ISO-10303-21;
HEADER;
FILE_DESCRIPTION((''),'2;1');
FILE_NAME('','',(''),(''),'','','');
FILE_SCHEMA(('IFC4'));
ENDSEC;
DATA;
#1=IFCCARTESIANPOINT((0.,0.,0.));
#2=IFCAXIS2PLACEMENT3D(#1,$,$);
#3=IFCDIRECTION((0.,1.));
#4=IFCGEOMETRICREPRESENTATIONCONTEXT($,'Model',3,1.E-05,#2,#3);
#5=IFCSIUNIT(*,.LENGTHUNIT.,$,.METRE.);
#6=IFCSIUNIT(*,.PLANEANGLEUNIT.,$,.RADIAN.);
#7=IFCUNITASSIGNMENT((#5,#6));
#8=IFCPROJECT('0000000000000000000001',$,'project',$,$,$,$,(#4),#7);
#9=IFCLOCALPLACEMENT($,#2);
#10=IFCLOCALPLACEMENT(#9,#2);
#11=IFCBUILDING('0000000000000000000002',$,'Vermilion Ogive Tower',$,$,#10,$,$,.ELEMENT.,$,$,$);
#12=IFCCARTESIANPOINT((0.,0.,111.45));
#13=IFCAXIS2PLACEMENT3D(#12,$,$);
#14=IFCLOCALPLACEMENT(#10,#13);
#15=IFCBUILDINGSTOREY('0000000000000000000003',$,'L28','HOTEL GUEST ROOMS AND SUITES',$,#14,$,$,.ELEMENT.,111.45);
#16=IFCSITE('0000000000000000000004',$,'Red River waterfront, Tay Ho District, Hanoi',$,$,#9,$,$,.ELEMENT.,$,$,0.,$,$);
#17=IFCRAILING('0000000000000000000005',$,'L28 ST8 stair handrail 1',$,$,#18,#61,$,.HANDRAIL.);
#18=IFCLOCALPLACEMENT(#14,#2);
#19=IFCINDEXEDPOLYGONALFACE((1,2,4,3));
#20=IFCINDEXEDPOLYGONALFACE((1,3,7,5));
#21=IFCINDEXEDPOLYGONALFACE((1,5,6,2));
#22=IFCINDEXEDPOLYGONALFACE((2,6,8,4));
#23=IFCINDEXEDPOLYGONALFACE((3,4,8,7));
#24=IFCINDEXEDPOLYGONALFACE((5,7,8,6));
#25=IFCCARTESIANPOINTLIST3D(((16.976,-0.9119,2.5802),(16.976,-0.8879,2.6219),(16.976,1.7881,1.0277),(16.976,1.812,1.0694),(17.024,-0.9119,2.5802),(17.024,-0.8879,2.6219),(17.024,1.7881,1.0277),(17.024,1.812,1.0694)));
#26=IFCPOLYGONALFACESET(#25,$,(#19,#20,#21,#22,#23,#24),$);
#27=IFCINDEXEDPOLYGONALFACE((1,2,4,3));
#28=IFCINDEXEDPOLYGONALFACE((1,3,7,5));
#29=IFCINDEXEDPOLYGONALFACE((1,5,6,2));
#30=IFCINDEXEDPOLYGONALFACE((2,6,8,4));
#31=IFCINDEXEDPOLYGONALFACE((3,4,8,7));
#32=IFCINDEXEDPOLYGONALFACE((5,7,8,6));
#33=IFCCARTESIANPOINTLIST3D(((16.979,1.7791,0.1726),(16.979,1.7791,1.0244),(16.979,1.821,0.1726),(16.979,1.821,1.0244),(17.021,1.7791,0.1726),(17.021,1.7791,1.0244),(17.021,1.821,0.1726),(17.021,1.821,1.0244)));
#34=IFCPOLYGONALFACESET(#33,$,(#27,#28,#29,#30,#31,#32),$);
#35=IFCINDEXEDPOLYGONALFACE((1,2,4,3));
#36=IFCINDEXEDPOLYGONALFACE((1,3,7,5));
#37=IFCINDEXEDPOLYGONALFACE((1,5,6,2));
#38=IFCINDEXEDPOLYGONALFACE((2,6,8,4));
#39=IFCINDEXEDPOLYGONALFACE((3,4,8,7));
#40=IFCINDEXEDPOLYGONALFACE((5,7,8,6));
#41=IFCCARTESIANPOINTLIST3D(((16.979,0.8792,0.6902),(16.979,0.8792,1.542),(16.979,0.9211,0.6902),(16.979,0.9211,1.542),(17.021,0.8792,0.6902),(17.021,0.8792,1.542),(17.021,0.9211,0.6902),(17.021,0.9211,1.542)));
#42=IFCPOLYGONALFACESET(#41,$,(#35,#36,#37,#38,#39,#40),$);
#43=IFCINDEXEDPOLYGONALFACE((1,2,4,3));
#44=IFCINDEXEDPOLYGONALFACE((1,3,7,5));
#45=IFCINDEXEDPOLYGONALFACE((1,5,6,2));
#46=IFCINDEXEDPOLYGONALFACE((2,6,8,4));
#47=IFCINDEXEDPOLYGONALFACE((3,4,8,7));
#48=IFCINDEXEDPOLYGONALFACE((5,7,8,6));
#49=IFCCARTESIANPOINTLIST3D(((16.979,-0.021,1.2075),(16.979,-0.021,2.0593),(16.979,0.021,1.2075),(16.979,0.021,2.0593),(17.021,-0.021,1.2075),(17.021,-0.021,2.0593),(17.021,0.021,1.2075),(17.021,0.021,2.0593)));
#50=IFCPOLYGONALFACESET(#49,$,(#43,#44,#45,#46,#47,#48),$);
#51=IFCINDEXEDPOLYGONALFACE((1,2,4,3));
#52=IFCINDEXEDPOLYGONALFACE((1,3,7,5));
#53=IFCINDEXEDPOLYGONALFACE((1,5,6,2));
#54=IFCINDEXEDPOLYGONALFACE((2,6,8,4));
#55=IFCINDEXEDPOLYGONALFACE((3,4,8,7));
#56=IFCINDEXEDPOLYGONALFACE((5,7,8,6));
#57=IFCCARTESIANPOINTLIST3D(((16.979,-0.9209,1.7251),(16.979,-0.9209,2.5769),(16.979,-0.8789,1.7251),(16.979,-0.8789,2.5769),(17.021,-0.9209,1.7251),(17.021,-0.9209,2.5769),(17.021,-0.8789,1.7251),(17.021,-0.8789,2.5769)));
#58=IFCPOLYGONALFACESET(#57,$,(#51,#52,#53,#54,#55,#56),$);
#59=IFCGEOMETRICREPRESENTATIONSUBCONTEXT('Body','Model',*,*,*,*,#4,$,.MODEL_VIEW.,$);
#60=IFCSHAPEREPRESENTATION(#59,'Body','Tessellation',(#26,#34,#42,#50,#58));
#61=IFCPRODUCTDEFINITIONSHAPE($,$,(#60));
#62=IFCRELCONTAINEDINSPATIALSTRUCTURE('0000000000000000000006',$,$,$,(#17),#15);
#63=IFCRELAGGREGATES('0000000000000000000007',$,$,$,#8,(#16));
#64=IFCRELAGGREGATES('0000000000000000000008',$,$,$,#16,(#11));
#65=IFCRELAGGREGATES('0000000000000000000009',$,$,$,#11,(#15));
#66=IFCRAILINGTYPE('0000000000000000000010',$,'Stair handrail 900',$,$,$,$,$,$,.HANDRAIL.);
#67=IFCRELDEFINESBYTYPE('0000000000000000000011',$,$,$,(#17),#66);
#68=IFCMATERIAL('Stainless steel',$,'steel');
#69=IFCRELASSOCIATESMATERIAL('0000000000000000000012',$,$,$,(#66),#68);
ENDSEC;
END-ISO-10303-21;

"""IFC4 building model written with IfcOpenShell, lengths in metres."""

from ifc_helpers import new_model, si_unit, direction, frame, origin, origin_2d, place, context, subcontext, project, spatial, rectangle, extrude, material, type_object, element, save


model = new_model("IFC4")

# Units and contexts
model_context = context("Model", 3, precision=1e-05, world=origin(), true_north=direction((0.0, 1.0)))
body_context = subcontext(model_context, "Body", "Model", "MODEL_VIEW")
ifc_project = project(units=[si_unit("LENGTHUNIT", "METRE"), si_unit("PLANEANGLEUNIT", "RADIAN")], contexts=[model_context])

# Site, building, storey
site_placement = place(None, origin())
site = spatial("IfcSite", under=ifc_project, at=site_placement, Name="Red River waterfront, Tay Ho District, Hanoi", CompositionType="ELEMENT", RefElevation=0.0)
building_placement = place(site_placement, origin())
building = spatial("IfcBuilding", under=site, at=building_placement, Name="Vermilion Ogive Tower", CompositionType="ELEMENT")
storey_placement = place(building_placement, frame((0.0, 0.0, 111.45)))
storey = spatial("IfcBuildingStorey", under=building, at=storey_placement, Name="L28", Description="HOTEL GUEST ROOMS AND SUITES", CompositionType="ELEMENT", Elevation=111.45)

# Railing
ifc_material_1 = material(Name="Stainless steel", Category="steel")
railing_type_1 = type_object("IfcRailingType", Name="Stair handrail 900", PredefinedType="HANDRAIL", material=ifc_material_1)
railing_1_placement = place(storey_placement, frame((17.0, 1.8, 0.1726)))
element("IfcRailing", 1, at=railing_1_placement, inside=storey, type_object=railing_type_1, Name="L28 ST8 stair handrail 1", PredefinedType="HANDRAIL", context=body_context, shape_type="SweptSolid", body=[
    extrude(rectangle(XDim=0.0481, YDim=0.0481, at=origin_2d()), frame((0.0, 0.0, 0.876), z_axis=(0.0, -0.866904, 0.498476), x_axis=(1.0, 0.0, 0.0)), (0.0, 0.0, 1.0), 3.1145),
    extrude(rectangle(XDim=0.042, YDim=0.042, at=origin_2d()), origin(), (0.0, 0.0, 1.0), 0.8518),
    extrude(rectangle(XDim=0.042, YDim=0.042, at=origin_2d()), frame((0.0, -0.8999, 0.5176)), (0.0, 0.0, 1.0), 0.8518),
    extrude(rectangle(XDim=0.042, YDim=0.042, at=origin_2d()), frame((0.0, -1.8, 1.0349)), (0.0, 0.0, 1.0), 0.8518),
    extrude(rectangle(XDim=0.042, YDim=0.042, at=origin_2d()), frame((0.0, -2.7, 1.5525)), (0.0, 0.0, 1.0), 0.8518),
])

save(model, "model.ifc")
